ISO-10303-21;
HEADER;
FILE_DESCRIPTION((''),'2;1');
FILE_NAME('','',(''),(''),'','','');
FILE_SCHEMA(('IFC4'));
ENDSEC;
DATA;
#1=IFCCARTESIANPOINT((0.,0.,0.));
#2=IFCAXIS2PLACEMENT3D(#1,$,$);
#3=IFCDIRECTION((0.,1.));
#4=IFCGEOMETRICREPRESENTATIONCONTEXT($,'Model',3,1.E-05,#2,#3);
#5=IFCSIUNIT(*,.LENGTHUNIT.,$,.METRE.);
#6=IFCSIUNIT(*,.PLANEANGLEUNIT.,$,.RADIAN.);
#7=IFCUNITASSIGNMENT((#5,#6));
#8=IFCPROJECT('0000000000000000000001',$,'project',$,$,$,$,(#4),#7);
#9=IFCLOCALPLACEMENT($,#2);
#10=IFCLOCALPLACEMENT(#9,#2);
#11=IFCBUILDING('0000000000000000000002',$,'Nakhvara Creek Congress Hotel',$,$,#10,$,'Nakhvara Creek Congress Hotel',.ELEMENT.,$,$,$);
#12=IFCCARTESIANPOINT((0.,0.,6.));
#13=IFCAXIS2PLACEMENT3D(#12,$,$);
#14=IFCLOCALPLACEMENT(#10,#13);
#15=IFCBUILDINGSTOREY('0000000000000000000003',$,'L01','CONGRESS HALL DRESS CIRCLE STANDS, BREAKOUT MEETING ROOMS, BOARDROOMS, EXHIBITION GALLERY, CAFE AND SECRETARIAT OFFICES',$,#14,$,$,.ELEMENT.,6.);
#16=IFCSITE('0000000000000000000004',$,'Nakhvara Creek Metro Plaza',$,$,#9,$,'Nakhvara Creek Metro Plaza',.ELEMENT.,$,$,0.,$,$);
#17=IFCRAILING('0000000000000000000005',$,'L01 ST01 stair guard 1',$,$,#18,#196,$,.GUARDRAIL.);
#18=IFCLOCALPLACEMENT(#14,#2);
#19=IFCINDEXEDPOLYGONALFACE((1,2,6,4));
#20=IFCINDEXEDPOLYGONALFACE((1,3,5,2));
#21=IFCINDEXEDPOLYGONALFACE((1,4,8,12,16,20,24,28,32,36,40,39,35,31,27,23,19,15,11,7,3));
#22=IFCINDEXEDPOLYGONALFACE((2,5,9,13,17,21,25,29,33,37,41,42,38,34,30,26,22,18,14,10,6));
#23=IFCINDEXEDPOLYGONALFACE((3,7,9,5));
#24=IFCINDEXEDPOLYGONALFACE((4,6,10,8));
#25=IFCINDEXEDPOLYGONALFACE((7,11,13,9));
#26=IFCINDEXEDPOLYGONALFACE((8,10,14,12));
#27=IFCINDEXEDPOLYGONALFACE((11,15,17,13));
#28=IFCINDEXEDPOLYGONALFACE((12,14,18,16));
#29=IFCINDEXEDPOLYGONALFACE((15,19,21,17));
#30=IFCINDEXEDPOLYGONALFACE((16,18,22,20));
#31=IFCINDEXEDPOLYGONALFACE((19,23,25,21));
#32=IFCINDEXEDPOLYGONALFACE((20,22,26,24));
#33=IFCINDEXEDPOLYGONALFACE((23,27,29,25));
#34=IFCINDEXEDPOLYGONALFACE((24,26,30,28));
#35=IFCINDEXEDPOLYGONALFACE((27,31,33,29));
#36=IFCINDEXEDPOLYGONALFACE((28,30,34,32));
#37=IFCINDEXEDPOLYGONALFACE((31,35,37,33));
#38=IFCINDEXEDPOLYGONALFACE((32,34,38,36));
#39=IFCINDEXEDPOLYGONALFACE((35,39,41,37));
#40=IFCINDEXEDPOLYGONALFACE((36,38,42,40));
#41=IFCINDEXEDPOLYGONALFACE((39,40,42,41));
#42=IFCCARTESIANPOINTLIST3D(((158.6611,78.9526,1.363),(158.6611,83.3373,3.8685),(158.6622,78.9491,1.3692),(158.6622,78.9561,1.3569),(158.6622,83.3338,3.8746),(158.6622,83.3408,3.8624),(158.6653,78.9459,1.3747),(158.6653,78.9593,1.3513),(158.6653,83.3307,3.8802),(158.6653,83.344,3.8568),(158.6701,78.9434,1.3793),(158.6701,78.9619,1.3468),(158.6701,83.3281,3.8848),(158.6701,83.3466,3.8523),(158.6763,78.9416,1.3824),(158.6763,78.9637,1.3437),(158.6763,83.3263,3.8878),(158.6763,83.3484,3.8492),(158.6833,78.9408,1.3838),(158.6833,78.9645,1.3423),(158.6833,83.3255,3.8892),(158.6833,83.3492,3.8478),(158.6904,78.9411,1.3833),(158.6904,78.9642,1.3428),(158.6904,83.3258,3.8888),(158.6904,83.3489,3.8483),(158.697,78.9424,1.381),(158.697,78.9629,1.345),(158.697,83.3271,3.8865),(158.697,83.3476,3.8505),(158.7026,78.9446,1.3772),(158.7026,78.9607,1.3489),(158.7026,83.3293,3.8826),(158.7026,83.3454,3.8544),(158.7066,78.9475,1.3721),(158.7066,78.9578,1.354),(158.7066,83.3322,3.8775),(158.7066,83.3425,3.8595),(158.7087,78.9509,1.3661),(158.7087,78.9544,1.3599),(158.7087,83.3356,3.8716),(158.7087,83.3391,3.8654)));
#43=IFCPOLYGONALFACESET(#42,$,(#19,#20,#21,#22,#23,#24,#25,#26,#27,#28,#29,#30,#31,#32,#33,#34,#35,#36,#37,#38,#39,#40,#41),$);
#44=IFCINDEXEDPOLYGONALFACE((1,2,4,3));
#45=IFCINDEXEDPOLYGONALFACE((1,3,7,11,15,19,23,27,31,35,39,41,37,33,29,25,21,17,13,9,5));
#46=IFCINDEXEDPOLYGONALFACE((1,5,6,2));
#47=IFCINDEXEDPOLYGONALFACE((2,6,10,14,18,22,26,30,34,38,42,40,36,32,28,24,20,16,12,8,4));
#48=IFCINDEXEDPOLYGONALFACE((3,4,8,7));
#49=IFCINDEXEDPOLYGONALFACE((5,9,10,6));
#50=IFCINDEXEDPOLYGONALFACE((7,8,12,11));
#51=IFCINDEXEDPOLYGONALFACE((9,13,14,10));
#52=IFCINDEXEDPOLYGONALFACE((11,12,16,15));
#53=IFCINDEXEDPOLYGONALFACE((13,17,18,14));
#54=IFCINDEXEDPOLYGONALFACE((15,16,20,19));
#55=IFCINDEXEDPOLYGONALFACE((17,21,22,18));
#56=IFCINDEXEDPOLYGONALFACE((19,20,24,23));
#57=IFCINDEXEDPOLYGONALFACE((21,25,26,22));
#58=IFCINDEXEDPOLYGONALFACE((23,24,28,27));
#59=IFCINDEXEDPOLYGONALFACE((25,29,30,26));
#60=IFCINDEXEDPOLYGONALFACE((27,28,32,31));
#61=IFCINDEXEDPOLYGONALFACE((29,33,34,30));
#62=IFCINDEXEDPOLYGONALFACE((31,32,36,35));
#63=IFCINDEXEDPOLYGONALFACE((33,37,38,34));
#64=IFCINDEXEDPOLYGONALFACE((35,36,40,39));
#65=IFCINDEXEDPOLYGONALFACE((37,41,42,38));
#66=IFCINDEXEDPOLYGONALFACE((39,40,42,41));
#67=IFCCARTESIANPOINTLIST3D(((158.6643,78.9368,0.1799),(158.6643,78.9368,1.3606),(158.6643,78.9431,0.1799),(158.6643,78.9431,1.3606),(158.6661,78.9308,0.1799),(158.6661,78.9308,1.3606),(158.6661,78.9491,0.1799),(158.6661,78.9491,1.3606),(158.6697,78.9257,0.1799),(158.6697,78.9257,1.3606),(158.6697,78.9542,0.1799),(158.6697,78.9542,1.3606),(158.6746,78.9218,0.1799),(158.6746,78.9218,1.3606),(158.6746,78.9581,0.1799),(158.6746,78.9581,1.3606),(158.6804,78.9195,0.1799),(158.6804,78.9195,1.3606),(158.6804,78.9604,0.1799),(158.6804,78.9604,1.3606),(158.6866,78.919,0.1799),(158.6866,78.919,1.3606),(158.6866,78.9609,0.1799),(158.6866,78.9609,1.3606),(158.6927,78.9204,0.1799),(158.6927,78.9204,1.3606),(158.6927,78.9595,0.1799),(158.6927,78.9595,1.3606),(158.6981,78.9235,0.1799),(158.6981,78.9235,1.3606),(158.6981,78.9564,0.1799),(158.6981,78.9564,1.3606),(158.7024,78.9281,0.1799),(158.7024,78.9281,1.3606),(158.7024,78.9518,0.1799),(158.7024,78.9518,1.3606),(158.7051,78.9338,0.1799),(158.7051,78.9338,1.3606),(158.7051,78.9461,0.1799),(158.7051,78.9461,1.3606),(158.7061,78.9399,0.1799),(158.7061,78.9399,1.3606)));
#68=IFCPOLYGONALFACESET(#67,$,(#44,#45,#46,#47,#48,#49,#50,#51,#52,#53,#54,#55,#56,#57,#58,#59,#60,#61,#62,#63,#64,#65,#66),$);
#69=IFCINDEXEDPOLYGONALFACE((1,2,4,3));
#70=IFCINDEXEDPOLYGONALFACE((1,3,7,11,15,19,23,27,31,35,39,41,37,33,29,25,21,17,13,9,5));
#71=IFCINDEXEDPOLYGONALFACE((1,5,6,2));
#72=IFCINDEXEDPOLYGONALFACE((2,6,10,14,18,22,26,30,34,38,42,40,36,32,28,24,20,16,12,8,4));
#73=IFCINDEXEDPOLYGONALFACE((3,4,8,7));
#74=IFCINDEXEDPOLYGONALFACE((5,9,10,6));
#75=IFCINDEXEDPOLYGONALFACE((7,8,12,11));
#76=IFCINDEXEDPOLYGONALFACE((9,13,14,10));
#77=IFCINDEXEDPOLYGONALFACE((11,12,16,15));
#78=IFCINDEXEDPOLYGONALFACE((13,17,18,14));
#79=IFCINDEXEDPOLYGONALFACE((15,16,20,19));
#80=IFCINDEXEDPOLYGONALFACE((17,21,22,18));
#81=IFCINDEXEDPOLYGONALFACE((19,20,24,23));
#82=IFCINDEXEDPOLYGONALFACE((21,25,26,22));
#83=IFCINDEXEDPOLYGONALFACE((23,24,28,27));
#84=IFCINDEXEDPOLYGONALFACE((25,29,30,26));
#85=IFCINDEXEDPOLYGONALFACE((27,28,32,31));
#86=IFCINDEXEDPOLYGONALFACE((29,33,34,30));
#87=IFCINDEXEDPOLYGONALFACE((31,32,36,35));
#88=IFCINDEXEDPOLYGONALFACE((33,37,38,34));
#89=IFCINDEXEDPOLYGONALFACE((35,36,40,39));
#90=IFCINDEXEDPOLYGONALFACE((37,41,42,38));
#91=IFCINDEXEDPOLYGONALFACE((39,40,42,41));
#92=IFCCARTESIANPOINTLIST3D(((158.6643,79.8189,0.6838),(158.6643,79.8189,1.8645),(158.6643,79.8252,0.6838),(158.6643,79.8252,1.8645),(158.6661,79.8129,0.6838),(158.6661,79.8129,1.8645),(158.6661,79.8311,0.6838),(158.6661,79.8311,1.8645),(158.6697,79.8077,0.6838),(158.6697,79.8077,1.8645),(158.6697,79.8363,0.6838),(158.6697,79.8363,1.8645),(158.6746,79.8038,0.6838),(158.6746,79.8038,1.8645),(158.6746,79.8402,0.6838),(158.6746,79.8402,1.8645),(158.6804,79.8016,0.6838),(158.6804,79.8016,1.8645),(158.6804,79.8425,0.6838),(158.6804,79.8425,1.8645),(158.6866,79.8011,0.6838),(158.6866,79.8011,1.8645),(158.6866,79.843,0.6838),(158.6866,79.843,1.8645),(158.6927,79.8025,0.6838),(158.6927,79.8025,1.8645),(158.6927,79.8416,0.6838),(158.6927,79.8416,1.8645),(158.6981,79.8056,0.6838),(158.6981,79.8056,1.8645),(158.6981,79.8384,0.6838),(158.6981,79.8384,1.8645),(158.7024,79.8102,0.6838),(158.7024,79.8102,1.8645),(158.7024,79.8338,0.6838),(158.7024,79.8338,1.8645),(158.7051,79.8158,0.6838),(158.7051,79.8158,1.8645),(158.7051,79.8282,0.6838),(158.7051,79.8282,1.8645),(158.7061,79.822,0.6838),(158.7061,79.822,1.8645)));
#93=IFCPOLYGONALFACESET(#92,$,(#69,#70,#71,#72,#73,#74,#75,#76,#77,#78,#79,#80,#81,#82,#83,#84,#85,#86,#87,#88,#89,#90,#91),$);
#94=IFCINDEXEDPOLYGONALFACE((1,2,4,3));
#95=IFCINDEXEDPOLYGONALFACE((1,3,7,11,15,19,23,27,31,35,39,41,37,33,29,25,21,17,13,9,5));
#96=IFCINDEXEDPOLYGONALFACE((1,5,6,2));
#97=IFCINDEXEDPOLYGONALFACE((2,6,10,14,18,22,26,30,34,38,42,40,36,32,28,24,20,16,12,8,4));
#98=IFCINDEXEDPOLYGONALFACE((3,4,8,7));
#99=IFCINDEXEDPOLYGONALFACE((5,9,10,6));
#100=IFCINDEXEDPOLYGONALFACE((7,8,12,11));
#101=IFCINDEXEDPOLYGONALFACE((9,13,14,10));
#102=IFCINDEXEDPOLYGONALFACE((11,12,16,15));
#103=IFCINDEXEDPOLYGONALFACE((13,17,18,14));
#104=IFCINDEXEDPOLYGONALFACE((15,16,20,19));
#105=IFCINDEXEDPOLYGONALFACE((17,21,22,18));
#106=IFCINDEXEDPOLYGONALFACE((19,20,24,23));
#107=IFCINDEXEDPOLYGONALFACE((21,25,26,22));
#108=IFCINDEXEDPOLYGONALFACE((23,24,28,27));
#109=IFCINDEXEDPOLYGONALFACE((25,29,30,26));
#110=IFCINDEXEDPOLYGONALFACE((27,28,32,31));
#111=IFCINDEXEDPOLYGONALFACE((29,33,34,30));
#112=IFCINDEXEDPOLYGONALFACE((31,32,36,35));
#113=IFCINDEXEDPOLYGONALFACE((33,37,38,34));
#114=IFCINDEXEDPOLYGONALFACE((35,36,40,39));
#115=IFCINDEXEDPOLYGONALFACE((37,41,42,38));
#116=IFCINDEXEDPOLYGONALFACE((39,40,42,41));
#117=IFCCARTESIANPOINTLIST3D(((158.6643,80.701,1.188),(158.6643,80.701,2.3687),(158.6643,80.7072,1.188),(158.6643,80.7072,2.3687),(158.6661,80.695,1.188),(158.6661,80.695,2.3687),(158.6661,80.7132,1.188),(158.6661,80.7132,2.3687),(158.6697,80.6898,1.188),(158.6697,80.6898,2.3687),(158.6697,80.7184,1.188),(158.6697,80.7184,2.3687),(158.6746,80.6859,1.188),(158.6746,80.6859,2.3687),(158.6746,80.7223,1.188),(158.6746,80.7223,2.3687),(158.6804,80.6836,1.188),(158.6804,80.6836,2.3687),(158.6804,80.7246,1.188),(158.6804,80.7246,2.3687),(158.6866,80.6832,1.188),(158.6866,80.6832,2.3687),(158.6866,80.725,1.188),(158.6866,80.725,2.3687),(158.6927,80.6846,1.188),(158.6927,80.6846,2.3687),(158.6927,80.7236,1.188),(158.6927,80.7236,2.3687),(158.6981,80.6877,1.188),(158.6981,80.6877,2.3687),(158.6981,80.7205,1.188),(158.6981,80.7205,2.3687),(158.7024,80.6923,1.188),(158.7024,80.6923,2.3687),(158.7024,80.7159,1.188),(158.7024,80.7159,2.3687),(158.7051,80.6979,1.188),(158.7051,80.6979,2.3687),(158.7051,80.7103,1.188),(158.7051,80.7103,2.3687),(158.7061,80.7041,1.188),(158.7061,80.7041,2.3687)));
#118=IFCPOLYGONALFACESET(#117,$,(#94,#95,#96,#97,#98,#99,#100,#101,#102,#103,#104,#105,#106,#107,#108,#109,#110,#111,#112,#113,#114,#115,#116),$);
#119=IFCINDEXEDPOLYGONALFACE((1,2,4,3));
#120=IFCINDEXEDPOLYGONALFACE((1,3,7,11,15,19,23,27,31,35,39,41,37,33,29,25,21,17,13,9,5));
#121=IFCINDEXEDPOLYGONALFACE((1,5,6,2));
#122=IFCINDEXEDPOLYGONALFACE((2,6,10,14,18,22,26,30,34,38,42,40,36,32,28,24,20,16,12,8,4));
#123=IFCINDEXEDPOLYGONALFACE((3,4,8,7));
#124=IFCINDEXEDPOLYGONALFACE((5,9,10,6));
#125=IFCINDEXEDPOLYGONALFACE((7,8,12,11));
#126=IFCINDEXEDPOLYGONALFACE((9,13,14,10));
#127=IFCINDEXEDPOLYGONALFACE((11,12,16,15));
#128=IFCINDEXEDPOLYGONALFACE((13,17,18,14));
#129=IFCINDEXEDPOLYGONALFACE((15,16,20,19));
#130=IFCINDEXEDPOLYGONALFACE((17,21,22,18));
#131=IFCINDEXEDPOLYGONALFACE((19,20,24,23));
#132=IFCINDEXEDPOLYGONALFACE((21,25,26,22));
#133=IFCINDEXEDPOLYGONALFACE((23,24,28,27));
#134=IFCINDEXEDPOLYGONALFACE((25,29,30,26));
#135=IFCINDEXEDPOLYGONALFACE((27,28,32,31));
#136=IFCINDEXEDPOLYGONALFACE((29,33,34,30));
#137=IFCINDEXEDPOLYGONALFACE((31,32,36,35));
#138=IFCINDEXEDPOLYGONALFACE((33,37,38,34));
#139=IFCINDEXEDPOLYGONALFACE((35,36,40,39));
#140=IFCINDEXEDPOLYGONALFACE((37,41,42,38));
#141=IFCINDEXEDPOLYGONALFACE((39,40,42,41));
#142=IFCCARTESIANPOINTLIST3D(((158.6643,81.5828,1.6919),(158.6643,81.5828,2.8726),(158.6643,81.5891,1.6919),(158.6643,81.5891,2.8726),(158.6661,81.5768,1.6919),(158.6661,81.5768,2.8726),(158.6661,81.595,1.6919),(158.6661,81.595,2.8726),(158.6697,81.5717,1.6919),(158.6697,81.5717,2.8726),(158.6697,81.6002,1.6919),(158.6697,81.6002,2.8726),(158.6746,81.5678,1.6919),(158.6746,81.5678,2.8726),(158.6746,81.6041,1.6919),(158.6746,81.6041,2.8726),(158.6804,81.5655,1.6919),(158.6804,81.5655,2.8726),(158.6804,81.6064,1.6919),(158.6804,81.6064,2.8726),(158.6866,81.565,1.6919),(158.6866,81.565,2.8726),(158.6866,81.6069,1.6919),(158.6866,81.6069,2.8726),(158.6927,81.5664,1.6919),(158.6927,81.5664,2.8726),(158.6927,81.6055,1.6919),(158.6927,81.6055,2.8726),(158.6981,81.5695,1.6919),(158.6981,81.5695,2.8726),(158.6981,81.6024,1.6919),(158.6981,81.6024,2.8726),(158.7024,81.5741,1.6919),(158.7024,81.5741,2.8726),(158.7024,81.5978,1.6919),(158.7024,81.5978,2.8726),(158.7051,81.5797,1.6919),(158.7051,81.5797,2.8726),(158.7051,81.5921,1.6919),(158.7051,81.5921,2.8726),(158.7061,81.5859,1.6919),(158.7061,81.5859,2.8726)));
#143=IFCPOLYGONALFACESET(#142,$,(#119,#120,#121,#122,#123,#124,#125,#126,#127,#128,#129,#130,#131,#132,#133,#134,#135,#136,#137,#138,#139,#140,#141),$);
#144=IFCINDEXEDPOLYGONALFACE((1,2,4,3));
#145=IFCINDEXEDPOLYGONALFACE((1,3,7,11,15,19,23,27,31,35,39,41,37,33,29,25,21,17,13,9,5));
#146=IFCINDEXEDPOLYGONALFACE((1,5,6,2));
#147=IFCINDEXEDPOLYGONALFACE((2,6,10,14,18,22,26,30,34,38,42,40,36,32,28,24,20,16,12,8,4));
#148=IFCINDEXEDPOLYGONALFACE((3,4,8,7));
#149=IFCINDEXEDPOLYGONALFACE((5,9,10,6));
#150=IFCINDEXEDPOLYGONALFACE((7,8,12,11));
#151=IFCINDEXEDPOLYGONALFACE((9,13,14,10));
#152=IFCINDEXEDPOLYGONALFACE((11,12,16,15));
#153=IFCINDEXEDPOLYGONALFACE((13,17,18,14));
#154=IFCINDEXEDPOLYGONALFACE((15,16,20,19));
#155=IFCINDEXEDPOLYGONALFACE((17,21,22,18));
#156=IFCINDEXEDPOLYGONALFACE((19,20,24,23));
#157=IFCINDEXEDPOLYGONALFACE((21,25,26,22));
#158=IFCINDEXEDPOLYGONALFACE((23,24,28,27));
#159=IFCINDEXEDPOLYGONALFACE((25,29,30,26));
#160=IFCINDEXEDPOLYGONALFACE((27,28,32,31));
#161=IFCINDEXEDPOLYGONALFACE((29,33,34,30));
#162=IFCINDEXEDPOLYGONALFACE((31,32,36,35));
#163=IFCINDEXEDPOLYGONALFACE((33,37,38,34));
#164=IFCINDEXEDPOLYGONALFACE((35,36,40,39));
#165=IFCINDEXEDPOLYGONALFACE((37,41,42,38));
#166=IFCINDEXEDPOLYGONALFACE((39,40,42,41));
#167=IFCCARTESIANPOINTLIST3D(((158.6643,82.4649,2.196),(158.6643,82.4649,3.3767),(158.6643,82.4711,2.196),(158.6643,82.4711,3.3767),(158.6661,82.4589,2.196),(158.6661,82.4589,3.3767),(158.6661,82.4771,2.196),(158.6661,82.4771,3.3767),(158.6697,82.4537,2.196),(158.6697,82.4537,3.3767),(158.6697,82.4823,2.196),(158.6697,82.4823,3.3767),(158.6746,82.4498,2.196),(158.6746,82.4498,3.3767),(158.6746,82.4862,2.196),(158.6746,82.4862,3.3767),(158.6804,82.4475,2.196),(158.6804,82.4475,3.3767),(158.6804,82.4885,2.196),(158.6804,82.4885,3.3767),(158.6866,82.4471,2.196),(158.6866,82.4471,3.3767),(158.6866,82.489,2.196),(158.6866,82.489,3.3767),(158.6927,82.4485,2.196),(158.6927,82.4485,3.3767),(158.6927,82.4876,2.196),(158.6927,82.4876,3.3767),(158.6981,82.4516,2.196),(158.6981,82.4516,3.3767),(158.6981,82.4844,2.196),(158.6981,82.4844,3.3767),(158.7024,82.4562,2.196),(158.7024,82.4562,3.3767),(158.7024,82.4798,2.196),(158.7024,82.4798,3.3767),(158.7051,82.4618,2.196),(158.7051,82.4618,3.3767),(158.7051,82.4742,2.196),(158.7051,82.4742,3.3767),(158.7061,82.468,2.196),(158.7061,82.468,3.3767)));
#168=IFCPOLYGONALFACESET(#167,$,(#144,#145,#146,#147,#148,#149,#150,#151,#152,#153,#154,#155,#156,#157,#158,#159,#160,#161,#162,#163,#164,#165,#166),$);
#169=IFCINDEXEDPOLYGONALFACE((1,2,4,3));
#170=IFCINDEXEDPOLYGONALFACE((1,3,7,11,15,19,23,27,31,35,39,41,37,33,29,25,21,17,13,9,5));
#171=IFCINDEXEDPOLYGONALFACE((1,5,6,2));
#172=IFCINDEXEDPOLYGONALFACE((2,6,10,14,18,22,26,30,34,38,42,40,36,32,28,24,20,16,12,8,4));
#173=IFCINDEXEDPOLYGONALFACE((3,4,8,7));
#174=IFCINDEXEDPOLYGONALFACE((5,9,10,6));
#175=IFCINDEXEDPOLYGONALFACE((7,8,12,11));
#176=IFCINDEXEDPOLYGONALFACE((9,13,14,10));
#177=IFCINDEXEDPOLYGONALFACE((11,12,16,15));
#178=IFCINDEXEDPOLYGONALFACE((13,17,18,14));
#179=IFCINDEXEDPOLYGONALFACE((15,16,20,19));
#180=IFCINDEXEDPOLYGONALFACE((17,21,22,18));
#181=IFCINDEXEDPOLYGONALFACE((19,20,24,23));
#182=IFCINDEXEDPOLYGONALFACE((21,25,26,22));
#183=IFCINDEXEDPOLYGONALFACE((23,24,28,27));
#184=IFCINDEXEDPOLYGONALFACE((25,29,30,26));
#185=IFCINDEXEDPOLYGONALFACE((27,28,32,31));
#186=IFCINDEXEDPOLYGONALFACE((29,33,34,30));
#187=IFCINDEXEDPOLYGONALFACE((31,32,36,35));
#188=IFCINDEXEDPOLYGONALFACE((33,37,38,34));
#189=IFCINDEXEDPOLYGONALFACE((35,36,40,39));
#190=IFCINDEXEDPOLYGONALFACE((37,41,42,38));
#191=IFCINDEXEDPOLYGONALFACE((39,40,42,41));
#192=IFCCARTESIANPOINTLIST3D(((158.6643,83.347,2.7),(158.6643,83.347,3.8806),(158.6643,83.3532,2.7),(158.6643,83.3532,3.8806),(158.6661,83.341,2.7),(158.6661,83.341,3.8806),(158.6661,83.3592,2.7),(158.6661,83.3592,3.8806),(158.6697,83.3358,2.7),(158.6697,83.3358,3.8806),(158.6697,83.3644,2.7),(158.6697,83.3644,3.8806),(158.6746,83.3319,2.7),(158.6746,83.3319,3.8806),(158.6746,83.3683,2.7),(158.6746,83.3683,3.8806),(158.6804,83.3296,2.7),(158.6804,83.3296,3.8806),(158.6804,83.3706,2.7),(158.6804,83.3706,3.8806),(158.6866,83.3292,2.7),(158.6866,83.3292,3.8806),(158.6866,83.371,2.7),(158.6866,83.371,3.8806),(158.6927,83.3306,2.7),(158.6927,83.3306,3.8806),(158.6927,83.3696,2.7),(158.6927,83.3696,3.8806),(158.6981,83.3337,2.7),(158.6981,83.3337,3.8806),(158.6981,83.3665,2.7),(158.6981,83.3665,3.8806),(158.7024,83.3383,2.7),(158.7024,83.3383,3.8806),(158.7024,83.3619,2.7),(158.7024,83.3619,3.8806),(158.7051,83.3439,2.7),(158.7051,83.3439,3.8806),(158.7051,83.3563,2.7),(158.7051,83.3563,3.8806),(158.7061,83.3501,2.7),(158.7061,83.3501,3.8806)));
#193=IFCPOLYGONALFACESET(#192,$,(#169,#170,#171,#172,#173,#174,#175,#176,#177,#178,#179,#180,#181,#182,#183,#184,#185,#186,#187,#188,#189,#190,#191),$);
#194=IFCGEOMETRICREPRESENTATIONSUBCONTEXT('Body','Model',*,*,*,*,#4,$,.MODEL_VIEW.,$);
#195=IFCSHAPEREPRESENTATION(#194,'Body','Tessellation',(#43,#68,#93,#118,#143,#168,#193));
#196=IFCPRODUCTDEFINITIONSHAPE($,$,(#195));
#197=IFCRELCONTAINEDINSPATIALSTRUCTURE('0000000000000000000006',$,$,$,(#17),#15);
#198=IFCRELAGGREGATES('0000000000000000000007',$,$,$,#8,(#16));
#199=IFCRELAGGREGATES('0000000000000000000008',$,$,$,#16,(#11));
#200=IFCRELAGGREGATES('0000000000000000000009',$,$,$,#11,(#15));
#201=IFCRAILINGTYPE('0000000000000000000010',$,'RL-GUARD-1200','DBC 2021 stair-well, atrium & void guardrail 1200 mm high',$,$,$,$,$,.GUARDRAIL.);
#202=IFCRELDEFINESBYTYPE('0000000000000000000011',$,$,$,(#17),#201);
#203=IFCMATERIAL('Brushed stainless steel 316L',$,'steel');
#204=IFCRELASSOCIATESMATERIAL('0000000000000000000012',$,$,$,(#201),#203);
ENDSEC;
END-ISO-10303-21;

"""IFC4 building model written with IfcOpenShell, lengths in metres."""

from ifc_helpers import new_model, si_unit, direction, frame, origin, origin_2d, place, context, subcontext, project, spatial, circle, extrude, material, type_object, element, save


model = new_model("IFC4")

# Units and contexts
model_context = context("Model", 3, precision=1e-05, world=origin(), true_north=direction((0.0, 1.0)))
body_context = subcontext(model_context, "Body", "Model", "MODEL_VIEW")
ifc_project = project(units=[si_unit("LENGTHUNIT", "METRE"), si_unit("PLANEANGLEUNIT", "RADIAN")], contexts=[model_context])

# Site, building, storey
site_placement = place(None, origin())
site = spatial("IfcSite", under=ifc_project, at=site_placement, Name="Nakhvara Creek Metro Plaza", LongName="Nakhvara Creek Metro Plaza", CompositionType="ELEMENT", RefElevation=0.0)
building_placement = place(site_placement, origin())
building = spatial("IfcBuilding", under=site, at=building_placement, Name="Nakhvara Creek Congress Hotel", LongName="Nakhvara Creek Congress Hotel", CompositionType="ELEMENT")
storey_placement = place(building_placement, frame((0.0, 0.0, 6.0)))
storey = spatial("IfcBuildingStorey", under=building, at=storey_placement, Name="L01", Description="CONGRESS HALL DRESS CIRCLE STANDS, BREAKOUT MEETING ROOMS, BOARDROOMS, EXHIBITION GALLERY, CAFE AND SECRETARIAT OFFICES", CompositionType="ELEMENT", Elevation=6.0)

# Railing
ifc_material_1 = material(Name="Brushed stainless steel 316L", Category="steel")
railing_type_1 = type_object("IfcRailingType", Name="RL-GUARD-1200", Description="DBC 2021 stair-well, atrium & void guardrail 1200 mm high", PredefinedType="GUARDRAIL", material=ifc_material_1)
railing_1_placement = place(storey_placement, frame((158.6851, 78.9399, 0.1799)))
element("IfcRailing", 1, at=railing_1_placement, inside=storey, type_object=railing_type_1, Name="L01 ST01 stair guard 1", PredefinedType="GUARDRAIL", context=body_context, shape_type="SweptSolid", body=[
    extrude(circle(Radius=0.0239, at=origin_2d()), frame((0.0, 0.0127, 1.1831), z_axis=(0.0, 0.868249, 0.496129), x_axis=(-1.0, 0.0, 0.0)), (0.0, 0.0, 1.0), 5.05),
    extrude(circle(Radius=0.021, at=origin_2d()), origin(), (0.0, 0.0, 1.0), 1.1807),
    extrude(circle(Radius=0.021, at=origin_2d()), frame((0.0, 0.8821, 0.5039)), (0.0, 0.0, 1.0), 1.1807),
    extrude(circle(Radius=0.021, at=origin_2d()), frame((0.0, 1.7642, 1.0081)), (0.0, 0.0, 1.0), 1.1807),
    extrude(circle(Radius=0.021, at=origin_2d()), frame((0.0, 2.646, 1.512)), (0.0, 0.0, 1.0), 1.1807),
    extrude(circle(Radius=0.021, at=origin_2d()), frame((0.0, 3.5281, 2.0161)), (0.0, 0.0, 1.0), 1.1807),
    extrude(circle(Radius=0.021, at=origin_2d()), frame((0.0, 4.4102, 2.52)), (0.0, 0.0, 1.0), 1.1807),
])

save(model, "model.ifc")
